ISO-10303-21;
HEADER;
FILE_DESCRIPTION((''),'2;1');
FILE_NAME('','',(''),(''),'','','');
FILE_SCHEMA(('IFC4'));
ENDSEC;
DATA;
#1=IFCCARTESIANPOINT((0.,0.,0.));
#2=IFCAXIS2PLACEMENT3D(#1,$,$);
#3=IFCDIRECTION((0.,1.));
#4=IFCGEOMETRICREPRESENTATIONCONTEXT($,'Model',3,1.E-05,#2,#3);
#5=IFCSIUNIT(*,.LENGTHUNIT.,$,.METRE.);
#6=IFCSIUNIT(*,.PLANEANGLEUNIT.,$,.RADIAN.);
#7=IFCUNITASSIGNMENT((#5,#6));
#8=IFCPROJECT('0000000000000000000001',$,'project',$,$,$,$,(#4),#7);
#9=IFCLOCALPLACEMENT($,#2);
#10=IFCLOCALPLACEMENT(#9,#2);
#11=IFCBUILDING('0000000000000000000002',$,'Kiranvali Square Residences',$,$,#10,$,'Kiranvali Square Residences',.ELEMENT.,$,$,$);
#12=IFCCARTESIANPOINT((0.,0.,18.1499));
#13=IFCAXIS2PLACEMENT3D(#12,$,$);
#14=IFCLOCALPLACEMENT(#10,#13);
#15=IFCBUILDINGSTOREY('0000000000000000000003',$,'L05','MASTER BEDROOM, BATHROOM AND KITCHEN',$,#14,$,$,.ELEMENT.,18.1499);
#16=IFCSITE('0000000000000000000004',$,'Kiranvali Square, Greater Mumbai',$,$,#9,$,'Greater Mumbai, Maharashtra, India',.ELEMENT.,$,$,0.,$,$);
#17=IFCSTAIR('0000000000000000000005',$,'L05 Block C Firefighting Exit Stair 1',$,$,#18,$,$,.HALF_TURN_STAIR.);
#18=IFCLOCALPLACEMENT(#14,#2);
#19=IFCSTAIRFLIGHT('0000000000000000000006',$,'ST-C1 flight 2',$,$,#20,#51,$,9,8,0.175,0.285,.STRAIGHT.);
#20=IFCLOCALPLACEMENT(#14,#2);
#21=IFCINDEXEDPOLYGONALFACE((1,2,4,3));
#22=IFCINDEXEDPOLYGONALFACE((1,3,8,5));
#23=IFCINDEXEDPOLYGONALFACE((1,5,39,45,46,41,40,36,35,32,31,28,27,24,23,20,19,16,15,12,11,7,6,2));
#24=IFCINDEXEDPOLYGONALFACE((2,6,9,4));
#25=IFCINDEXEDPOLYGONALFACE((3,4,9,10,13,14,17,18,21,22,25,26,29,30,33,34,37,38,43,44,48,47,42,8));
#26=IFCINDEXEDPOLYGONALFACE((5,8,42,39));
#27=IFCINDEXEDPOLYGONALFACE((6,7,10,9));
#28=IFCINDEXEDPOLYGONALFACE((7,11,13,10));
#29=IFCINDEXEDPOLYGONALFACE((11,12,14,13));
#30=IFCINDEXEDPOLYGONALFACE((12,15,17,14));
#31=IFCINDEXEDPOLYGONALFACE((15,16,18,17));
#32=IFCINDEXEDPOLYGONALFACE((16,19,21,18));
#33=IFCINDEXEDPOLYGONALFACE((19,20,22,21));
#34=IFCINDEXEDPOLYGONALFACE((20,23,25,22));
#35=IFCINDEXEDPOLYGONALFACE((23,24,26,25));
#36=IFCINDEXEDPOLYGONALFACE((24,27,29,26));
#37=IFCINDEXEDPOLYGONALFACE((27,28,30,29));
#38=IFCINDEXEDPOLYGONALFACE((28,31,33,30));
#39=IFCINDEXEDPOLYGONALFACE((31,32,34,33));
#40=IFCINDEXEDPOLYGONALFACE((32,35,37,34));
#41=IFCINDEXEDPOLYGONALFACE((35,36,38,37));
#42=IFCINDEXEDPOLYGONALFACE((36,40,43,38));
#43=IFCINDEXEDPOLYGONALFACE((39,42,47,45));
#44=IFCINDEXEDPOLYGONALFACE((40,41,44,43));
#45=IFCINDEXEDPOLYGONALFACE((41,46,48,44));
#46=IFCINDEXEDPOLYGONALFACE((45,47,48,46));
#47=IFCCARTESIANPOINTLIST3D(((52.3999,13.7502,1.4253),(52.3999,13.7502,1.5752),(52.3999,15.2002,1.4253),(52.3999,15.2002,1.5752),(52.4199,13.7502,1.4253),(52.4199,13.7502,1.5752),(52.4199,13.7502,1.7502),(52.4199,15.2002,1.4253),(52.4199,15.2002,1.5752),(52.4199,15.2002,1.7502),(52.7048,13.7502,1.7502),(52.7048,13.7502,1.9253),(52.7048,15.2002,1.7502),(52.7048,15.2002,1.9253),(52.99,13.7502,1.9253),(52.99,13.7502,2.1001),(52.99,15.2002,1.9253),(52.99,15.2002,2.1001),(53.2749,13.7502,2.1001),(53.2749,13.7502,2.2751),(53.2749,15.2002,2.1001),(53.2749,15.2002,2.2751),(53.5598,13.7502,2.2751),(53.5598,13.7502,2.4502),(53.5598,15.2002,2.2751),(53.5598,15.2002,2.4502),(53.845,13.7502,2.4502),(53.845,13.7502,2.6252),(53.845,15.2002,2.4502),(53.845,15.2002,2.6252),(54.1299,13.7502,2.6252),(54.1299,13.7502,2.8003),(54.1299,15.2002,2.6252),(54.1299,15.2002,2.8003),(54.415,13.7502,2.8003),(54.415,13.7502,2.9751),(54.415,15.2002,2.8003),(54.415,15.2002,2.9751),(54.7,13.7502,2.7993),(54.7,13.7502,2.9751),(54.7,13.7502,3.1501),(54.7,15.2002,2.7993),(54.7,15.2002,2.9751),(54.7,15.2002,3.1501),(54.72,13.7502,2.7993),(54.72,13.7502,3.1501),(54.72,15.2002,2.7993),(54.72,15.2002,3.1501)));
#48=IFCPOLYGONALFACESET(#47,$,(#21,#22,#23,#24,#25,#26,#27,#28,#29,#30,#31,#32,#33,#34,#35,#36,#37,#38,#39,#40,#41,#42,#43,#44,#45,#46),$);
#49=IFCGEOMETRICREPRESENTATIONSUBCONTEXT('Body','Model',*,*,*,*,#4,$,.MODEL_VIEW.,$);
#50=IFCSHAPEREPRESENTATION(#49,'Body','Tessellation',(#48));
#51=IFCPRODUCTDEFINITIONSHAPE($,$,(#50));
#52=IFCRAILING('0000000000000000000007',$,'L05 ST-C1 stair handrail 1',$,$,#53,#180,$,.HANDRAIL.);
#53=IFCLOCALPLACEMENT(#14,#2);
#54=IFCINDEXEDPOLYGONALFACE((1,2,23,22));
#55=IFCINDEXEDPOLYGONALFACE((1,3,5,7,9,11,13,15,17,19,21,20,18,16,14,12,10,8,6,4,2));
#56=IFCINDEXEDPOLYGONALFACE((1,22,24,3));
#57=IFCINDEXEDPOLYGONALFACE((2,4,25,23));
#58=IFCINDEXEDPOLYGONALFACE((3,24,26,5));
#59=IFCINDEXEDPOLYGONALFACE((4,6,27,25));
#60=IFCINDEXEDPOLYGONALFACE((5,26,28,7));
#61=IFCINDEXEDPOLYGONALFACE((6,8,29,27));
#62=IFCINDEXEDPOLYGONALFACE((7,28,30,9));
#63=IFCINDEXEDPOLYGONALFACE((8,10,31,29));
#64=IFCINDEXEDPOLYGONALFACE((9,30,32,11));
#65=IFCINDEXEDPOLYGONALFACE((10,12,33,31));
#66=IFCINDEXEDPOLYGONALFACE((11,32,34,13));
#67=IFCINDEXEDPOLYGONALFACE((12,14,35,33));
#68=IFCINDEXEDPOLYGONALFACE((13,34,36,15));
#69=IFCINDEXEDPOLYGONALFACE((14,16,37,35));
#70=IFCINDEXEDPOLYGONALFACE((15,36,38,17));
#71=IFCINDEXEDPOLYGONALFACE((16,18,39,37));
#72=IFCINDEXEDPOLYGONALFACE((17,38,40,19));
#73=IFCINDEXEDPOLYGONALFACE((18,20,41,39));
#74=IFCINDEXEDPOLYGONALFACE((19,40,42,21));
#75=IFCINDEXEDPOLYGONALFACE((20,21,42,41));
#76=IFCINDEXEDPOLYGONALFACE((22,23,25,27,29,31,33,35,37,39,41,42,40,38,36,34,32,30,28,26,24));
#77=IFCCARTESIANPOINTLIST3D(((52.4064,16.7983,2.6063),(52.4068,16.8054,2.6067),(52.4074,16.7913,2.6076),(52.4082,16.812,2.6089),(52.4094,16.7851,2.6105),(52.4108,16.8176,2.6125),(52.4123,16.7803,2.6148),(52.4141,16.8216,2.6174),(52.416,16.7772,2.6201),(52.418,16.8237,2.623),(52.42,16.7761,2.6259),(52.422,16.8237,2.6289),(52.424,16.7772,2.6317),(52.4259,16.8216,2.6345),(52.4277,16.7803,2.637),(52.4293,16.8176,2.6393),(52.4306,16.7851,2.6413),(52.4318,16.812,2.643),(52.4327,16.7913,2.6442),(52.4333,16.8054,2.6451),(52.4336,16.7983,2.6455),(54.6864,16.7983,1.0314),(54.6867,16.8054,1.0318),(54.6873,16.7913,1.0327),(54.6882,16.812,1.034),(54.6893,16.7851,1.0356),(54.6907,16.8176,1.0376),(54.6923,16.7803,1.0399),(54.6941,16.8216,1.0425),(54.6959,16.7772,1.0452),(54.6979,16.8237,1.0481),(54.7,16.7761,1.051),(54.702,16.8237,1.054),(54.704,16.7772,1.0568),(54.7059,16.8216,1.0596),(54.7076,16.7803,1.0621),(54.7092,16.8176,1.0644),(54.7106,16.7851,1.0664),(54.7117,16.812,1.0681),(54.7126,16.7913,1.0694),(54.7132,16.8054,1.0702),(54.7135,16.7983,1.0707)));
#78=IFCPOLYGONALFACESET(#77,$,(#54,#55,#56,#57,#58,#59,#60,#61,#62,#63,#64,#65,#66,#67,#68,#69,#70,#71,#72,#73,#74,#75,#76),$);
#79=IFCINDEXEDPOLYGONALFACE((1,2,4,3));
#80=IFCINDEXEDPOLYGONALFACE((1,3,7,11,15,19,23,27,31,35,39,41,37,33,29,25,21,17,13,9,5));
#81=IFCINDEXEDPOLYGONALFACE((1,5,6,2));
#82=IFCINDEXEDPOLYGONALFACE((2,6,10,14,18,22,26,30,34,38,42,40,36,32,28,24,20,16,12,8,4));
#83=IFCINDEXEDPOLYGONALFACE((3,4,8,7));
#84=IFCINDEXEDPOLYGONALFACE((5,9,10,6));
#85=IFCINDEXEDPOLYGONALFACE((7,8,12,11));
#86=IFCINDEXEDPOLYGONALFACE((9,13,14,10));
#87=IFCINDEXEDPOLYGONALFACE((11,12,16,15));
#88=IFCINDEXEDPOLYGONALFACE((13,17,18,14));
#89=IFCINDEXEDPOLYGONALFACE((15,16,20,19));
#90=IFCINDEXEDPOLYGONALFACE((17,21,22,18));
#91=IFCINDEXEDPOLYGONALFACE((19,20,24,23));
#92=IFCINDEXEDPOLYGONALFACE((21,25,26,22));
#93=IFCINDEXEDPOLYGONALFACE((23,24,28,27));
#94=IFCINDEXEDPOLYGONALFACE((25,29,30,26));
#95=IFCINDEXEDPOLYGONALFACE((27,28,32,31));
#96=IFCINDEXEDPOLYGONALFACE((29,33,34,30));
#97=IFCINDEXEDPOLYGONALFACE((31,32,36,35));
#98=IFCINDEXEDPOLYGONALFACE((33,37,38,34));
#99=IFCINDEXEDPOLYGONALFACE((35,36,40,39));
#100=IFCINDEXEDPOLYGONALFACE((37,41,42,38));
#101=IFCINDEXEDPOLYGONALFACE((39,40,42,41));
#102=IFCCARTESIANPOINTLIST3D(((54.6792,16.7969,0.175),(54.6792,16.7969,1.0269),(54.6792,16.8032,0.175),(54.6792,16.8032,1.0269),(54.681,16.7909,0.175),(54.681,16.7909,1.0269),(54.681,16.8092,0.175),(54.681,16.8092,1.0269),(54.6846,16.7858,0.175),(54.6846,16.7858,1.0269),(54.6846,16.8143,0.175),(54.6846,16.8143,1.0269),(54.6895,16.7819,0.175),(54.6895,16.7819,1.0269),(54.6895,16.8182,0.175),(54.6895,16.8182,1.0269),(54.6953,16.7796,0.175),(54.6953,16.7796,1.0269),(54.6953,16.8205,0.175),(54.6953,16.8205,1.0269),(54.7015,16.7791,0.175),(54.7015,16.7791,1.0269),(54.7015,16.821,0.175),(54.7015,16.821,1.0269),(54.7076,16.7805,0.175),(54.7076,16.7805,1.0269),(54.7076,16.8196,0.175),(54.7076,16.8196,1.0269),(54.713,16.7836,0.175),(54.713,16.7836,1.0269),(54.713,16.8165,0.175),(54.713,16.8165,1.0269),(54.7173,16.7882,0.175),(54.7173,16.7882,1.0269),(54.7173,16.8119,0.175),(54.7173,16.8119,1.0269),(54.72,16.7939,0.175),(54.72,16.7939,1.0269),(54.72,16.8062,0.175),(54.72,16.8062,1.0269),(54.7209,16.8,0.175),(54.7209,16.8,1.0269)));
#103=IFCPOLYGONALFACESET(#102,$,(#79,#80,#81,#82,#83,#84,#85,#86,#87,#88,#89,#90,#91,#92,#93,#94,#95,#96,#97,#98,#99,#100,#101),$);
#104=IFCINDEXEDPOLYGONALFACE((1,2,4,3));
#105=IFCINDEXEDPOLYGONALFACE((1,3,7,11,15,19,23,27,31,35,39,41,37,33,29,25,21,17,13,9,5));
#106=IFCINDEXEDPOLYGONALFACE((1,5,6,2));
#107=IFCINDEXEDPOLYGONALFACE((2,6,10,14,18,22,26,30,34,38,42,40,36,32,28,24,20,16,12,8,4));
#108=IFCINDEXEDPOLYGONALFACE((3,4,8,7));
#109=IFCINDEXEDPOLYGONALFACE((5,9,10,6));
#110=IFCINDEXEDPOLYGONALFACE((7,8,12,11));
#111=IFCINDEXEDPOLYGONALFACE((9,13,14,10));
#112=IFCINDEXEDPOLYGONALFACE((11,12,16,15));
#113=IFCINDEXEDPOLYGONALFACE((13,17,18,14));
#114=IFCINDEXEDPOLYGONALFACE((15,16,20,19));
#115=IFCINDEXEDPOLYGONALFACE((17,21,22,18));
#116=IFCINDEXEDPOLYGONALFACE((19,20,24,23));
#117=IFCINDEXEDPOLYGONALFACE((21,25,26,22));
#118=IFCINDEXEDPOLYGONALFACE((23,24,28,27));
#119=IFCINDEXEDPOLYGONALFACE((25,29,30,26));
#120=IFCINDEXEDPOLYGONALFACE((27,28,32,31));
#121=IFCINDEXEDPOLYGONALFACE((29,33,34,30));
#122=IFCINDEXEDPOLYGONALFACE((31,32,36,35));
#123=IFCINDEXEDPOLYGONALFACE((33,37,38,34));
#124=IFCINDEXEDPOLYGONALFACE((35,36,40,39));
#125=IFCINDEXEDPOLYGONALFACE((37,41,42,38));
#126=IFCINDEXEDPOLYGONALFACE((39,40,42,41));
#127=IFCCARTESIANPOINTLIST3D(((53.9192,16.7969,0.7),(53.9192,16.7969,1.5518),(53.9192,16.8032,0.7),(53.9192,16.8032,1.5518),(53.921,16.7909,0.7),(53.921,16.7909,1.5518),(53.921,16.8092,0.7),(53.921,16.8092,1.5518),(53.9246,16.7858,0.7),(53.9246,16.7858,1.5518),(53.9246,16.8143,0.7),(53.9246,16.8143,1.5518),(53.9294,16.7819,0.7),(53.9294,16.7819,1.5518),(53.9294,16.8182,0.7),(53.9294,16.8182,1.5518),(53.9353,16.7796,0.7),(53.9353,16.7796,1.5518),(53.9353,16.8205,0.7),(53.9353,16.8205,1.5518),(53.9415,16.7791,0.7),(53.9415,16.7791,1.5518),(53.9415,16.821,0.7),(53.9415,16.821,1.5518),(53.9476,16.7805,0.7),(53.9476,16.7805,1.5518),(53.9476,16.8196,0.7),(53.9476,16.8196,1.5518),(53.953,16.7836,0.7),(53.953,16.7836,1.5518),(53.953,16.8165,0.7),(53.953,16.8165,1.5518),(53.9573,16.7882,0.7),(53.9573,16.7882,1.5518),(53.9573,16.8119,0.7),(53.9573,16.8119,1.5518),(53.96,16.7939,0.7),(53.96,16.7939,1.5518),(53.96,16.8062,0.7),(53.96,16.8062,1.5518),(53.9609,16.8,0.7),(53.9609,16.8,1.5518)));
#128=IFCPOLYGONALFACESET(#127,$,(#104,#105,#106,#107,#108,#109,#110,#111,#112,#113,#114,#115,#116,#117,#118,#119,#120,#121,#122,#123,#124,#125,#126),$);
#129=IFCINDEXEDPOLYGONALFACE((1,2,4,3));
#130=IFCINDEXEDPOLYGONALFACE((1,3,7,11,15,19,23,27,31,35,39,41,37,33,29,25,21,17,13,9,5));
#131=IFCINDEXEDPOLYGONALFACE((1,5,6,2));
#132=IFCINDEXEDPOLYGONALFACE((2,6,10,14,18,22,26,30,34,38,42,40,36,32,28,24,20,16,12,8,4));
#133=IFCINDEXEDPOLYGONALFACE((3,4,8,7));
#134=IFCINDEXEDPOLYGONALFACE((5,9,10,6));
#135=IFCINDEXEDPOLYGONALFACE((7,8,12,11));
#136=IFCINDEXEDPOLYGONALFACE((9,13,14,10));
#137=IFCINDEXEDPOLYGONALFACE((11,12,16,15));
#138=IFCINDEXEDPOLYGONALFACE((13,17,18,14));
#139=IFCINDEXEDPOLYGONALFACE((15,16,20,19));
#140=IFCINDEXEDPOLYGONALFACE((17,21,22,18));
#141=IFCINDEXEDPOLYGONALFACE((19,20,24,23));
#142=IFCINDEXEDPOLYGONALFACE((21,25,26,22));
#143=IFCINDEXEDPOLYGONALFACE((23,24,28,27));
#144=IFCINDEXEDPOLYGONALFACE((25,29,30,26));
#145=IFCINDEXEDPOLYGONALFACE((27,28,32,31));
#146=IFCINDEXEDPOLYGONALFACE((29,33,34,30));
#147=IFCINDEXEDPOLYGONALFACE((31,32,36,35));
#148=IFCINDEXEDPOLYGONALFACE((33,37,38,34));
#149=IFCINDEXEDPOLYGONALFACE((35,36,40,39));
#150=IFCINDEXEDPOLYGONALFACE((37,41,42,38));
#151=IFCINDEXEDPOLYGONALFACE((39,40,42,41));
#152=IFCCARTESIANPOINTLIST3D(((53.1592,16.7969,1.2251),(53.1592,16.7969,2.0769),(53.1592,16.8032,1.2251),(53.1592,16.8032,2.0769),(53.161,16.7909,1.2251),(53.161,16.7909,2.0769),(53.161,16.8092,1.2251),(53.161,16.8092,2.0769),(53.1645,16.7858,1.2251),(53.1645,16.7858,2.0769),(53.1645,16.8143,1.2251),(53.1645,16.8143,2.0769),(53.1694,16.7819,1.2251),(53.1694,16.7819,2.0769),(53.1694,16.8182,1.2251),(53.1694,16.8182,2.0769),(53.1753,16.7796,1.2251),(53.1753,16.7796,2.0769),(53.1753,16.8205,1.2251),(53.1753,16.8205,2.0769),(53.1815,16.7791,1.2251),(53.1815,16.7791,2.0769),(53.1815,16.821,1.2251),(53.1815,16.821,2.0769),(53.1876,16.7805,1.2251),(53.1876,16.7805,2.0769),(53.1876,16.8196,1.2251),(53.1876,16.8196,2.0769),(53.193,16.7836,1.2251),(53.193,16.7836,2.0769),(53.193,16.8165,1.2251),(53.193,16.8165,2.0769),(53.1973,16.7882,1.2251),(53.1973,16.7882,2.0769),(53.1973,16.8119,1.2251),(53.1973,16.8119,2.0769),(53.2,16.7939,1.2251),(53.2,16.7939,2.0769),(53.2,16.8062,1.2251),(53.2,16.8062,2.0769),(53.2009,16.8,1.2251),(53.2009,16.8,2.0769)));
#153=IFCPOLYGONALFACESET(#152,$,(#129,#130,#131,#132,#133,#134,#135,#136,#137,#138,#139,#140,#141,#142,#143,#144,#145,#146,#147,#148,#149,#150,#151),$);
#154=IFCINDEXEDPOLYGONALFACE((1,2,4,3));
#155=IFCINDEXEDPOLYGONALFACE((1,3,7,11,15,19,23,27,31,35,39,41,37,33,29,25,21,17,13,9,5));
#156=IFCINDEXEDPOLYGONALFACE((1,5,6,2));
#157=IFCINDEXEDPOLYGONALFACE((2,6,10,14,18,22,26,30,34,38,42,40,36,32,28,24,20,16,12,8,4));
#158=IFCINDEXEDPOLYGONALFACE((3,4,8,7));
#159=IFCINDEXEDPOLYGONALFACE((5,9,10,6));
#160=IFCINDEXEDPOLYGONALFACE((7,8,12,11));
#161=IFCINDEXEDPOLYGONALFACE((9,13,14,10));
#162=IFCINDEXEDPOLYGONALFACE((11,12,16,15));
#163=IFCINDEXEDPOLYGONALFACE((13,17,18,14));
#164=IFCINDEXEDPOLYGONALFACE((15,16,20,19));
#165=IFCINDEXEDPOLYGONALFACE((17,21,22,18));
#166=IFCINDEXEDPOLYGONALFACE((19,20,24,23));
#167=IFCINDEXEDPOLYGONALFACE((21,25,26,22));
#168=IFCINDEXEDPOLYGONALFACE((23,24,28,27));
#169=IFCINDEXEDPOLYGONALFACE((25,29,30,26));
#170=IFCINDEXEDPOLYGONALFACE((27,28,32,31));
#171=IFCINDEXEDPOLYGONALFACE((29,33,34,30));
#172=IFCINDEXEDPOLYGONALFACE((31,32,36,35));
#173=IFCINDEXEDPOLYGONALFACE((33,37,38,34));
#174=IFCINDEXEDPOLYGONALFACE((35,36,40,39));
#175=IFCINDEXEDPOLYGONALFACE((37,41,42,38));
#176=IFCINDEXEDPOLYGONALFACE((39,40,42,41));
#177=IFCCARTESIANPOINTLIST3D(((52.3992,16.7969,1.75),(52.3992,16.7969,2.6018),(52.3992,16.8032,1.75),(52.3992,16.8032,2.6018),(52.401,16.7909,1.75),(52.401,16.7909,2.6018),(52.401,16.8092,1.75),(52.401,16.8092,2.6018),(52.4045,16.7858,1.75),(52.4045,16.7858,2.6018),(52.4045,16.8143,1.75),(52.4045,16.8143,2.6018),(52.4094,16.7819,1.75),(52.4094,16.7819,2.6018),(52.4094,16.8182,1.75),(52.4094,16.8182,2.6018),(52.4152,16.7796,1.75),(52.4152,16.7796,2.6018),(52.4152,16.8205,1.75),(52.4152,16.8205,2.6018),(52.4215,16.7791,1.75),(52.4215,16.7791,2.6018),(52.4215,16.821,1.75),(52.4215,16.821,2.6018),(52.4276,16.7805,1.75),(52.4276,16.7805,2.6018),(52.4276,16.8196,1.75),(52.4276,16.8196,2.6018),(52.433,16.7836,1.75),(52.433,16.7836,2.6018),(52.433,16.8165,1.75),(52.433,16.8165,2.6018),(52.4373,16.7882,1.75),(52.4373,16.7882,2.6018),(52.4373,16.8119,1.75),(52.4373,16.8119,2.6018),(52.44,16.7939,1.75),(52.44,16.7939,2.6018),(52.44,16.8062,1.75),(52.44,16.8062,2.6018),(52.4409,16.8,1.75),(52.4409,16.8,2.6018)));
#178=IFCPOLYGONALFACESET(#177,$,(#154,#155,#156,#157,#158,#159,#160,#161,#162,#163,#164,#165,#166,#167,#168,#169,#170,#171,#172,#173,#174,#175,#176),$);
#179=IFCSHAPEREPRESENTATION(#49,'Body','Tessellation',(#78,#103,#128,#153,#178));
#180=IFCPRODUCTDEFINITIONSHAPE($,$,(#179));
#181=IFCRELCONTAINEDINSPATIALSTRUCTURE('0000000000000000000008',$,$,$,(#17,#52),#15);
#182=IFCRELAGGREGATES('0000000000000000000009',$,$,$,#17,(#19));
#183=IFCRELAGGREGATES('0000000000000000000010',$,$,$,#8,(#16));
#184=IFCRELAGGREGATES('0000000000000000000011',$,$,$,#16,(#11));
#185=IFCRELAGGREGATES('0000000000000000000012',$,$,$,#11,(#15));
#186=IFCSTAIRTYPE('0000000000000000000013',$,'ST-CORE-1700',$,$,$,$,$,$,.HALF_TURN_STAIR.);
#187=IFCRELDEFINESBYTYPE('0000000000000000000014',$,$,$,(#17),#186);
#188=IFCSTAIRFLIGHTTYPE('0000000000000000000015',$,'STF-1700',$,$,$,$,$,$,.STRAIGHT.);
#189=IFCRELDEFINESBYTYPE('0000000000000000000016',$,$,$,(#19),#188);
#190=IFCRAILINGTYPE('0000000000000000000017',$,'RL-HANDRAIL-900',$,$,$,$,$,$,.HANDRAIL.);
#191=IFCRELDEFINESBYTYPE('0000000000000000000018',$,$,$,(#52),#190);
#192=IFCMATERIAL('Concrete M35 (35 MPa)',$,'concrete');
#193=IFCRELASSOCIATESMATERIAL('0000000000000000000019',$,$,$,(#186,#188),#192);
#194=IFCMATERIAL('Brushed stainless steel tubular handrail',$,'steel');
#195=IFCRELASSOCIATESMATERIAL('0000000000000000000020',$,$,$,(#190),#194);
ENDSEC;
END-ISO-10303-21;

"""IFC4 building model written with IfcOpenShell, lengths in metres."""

from ifc_helpers import new_model, si_unit, direction, frame, origin, origin_2d, place, context, subcontext, project, spatial, polyline, circle, outline, extrude, material, type_object, element, aggregate, save


model = new_model("IFC4")

# Units and contexts
model_context = context("Model", 3, precision=1e-05, world=origin(), true_north=direction((0.0, 1.0)))
body_context = subcontext(model_context, "Body", "Model", "MODEL_VIEW")
ifc_project = project(units=[si_unit("LENGTHUNIT", "METRE"), si_unit("PLANEANGLEUNIT", "RADIAN")], contexts=[model_context])

# Site, building, storey
site_placement = place(None, origin())
site = spatial("IfcSite", under=ifc_project, at=site_placement, Name="Kiranvali Square, Greater Mumbai", LongName="Greater Mumbai, Maharashtra, India", CompositionType="ELEMENT", RefElevation=0.0)
building_placement = place(site_placement, origin())
building = spatial("IfcBuilding", under=site, at=building_placement, Name="Kiranvali Square Residences", LongName="Kiranvali Square Residences", CompositionType="ELEMENT")
storey_placement = place(building_placement, frame((0.0, 0.0, 18.1499)))
storey = spatial("IfcBuildingStorey", under=building, at=storey_placement, Name="L05", Description="MASTER BEDROOM, BATHROOM AND KITCHEN", CompositionType="ELEMENT", Elevation=18.1499)

# Stair, stair flight
ifc_material_1 = material(Name="Concrete M35 (35 MPa)", Category="concrete")
stair_type = type_object("IfcStairType", Name="ST-CORE-1700", PredefinedType="HALF_TURN_STAIR", material=ifc_material_1)
stair_placement = place(storey_placement, origin())
stair = element("IfcStair", 1, at=stair_placement, inside=storey, type_object=stair_type, Name="L05 Block C Firefighting Exit Stair 1", PredefinedType="HALF_TURN_STAIR")
stair_flight_type = type_object("IfcStairFlightType", Name="STF-1700", PredefinedType="STRAIGHT", material=ifc_material_1)
stair_flight_1_placement = place(storey_placement, frame((52.4199, 14.4751, 1.5752), z_axis=(0.0, 0.0, 1.0), x_axis=(1.0, 0.0, 0.0)))
stair_flight_1 = element("IfcStairFlight", 2, at=stair_flight_1_placement, type_object=stair_flight_type, Name="ST-C1 flight 2", NumberOfRisers=9, NumberOfTreads=8, PredefinedType="STRAIGHT", RiserHeight=0.175, TreadLength=0.285, context=body_context, shape_type="SweptSolid", body=[
    extrude(outline(polyline([(-0.02, -0.1499), (-0.02, 0.0), (0.0, 0.0), (0.0, 0.175), (0.2849, 0.175), (0.2849, 0.3501), (0.5701, 0.3501), (0.5701, 0.5249), (0.855, 0.5249), (0.855, 0.7), (1.1399, 0.7), (1.1399, 0.875), (1.425, 0.875), (1.425, 1.05), (1.71, 1.05), (1.71, 1.2251), (1.9951, 1.2251), (1.9951, 1.3999), (2.28, 1.3999), (2.28, 1.575), (2.3, 1.575), (2.3, 1.2241), (2.28, 1.2241), (0.0, -0.1499), (-0.02, -0.1499)])), frame((0.0, 0.7251, 0.0), z_axis=(0.0, -1.0, 0.0), x_axis=(1.0, 0.0, 0.0)), (0.0, 0.0, 1.0), 1.45),
])
aggregate(stair, [stair_flight_1])

# Railing
ifc_material_2 = material(Name="Brushed stainless steel tubular handrail", Category="steel")
railing_type_1 = type_object("IfcRailingType", Name="RL-HANDRAIL-900", PredefinedType="HANDRAIL", material=ifc_material_2)
railing_1_placement = place(storey_placement, frame((54.7, 16.8, 0.175)))
element("IfcRailing", 3, at=railing_1_placement, inside=storey, type_object=railing_type_1, Name="L05 ST-C1 stair handrail 1", PredefinedType="HANDRAIL", context=body_context, shape_type="SweptSolid", body=[
    extrude(circle(Radius=0.0239, at=origin_2d()), frame((0.0, 0.0, 0.876), z_axis=(-0.822788, 0.0, 0.568348), x_axis=(0.0, -1.0, 0.0)), (0.0, 0.0, 1.0), 2.771),
    extrude(circle(Radius=0.021, at=origin_2d()), origin(), (0.0, 0.0, 1.0), 0.8518),
    extrude(circle(Radius=0.021, at=origin_2d()), frame((-0.76, 0.0, 0.5249)), (0.0, 0.0, 1.0), 0.8518),
    extrude(circle(Radius=0.021, at=origin_2d()), frame((-1.52, 0.0, 1.05)), (0.0, 0.0, 1.0), 0.8518),
    extrude(circle(Radius=0.021, at=origin_2d()), frame((-2.28, 0.0, 1.575)), (0.0, 0.0, 1.0), 0.8518),
])

save(model, "model.ifc")
